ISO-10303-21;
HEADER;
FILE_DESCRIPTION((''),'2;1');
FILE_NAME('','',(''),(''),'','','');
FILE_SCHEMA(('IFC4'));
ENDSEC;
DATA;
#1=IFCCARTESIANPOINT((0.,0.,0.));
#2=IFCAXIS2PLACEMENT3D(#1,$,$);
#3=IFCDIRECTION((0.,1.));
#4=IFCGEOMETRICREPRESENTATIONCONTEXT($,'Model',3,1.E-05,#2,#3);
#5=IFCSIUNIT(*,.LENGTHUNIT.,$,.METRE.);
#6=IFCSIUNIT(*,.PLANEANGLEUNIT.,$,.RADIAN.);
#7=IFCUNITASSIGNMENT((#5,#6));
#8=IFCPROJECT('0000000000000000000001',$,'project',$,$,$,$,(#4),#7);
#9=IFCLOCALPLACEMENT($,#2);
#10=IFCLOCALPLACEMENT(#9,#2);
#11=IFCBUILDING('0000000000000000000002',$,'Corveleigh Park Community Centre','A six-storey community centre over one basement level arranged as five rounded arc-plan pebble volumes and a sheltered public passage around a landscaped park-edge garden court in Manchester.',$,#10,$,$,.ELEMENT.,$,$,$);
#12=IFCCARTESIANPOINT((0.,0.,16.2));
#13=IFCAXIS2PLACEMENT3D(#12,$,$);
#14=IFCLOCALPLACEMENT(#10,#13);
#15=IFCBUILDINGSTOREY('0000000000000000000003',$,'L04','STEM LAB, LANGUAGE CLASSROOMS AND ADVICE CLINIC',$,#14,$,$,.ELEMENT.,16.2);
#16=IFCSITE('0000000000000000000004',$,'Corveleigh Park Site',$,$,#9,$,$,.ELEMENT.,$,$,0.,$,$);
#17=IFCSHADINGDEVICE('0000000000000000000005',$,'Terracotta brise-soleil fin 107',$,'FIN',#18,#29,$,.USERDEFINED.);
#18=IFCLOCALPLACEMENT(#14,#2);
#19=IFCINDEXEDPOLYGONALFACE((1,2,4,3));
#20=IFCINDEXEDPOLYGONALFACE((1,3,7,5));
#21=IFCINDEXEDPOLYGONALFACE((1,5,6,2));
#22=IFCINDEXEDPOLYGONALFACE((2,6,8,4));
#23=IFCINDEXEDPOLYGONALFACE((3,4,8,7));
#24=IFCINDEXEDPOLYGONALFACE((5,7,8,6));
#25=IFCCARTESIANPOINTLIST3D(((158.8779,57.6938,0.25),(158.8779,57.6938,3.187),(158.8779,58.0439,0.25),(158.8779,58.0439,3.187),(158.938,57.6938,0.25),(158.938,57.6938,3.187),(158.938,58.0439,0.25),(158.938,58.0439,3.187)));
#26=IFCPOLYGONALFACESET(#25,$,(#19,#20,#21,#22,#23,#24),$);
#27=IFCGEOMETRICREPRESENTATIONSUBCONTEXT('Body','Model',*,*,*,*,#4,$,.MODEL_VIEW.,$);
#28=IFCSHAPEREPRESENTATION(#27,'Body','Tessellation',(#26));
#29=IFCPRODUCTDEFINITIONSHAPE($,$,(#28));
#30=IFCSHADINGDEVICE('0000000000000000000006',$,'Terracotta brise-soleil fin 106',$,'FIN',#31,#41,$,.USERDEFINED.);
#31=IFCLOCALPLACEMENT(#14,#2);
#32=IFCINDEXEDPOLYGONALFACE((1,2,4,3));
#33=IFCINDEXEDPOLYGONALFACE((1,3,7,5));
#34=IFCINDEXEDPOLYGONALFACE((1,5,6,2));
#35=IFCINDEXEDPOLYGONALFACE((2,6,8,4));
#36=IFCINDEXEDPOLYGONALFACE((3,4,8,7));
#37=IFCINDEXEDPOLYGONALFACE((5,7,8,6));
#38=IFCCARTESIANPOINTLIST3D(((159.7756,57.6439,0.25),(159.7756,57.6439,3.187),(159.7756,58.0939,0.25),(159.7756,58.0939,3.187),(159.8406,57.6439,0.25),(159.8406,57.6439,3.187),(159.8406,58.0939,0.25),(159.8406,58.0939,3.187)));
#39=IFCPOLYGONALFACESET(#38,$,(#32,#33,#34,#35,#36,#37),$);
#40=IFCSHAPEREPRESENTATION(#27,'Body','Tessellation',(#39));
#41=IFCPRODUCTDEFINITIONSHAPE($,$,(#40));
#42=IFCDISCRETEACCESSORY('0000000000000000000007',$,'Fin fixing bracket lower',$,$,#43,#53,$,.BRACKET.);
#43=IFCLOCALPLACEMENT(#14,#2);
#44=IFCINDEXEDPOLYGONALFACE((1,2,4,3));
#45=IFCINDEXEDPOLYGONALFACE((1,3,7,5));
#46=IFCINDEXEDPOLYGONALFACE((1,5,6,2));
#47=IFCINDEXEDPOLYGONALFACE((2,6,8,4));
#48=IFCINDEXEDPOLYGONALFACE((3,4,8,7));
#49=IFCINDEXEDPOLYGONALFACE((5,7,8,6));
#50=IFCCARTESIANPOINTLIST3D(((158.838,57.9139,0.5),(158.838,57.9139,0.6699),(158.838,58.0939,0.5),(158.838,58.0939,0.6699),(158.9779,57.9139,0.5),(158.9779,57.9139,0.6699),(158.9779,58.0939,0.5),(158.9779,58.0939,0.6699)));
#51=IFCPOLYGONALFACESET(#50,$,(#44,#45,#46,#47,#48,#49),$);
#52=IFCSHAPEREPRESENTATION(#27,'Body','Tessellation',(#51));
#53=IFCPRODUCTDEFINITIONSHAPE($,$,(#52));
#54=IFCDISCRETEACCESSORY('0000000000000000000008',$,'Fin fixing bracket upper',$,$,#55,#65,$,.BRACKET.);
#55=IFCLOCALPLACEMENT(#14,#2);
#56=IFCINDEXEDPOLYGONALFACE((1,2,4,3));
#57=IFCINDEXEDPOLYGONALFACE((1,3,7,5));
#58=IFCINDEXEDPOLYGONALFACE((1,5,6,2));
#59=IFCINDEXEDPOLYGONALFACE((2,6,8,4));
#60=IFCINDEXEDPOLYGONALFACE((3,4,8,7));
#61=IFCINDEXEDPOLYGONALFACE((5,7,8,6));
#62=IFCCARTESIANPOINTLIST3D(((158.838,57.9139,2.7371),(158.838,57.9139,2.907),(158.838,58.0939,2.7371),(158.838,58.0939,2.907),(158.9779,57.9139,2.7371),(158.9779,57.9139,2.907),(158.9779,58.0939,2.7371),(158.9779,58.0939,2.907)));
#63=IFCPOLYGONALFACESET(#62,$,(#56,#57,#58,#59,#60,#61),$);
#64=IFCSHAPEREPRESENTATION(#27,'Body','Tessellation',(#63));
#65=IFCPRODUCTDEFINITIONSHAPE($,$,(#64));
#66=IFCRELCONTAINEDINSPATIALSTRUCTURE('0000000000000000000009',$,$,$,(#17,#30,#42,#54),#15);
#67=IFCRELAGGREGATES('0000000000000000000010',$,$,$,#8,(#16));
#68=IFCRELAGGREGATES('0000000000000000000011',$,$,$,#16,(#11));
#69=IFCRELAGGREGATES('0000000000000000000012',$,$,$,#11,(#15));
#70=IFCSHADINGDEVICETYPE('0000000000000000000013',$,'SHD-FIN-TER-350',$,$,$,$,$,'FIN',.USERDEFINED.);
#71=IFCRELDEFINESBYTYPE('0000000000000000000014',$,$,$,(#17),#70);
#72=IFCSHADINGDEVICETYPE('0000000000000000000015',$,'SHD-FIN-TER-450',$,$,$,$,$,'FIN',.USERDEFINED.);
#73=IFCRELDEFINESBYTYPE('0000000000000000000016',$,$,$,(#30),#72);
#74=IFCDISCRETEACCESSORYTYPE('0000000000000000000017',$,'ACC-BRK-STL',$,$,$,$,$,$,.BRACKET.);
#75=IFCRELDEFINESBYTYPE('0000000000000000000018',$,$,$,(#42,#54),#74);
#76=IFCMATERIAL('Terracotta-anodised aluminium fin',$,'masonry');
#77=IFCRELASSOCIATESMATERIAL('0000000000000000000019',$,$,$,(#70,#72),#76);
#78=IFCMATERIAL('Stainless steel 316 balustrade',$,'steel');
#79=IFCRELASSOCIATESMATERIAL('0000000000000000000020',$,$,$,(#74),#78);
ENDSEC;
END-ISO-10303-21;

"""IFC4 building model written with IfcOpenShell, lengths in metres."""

from ifc_helpers import new_model, si_unit, direction, frame, origin, origin_2d, place, context, subcontext, project, spatial, rectangle, extrude, material, type_object, element, save


model = new_model("IFC4")

# Units and contexts
model_context = context("Model", 3, precision=1e-05, world=origin(), true_north=direction((0.0, 1.0)))
body_context = subcontext(model_context, "Body", "Model", "MODEL_VIEW")
ifc_project = project(units=[si_unit("LENGTHUNIT", "METRE"), si_unit("PLANEANGLEUNIT", "RADIAN")], contexts=[model_context])

# Site, building, storey
site_placement = place(None, origin())
site = spatial("IfcSite", under=ifc_project, at=site_placement, Name="Corveleigh Park Site", CompositionType="ELEMENT", RefElevation=0.0)
building_placement = place(site_placement, origin())
building = spatial("IfcBuilding", under=site, at=building_placement, Name="Corveleigh Park Community Centre", Description="A six-storey community centre over one basement level arranged as five rounded arc-plan pebble volumes and a sheltered public passage around a landscaped park-edge garden court in Manchester.", CompositionType="ELEMENT")
storey_placement = place(building_placement, frame((0.0, 0.0, 16.2)))
storey = spatial("IfcBuildingStorey", under=building, at=storey_placement, Name="L04", Description="STEM LAB, LANGUAGE CLASSROOMS AND ADVICE CLINIC", CompositionType="ELEMENT", Elevation=16.2)

# Shared definitions
ifc_material_1 = material(Name="Stainless steel 316 balustrade", Category="steel")

# Shading devices
ifc_material_2 = material(Name="Terracotta-anodised aluminium fin", Category="masonry")
shading_device_type_1 = type_object("IfcShadingDeviceType", Name="SHD-FIN-TER-350", ElementType="FIN", PredefinedType="USERDEFINED", material=ifc_material_2)
shading_device_1_placement = place(storey_placement, frame((158.908, 57.8689, 0.25), z_axis=(0.0, 0.0, 1.0), x_axis=(0.0, -1.0, 0.0)))
element("IfcShadingDevice", 1, at=shading_device_1_placement, inside=storey, type_object=shading_device_type_1, Name="Terracotta brise-soleil fin 107", ObjectType="FIN", PredefinedType="USERDEFINED", context=body_context, shape_type="SweptSolid", body=[
    extrude(rectangle(XDim=0.3501, YDim=0.0601, at=origin_2d()), origin(), (0.0, 0.0, 1.0), 2.937),
])
shading_device_type_2 = type_object("IfcShadingDeviceType", Name="SHD-FIN-TER-450", ElementType="FIN", PredefinedType="USERDEFINED", material=ifc_material_2)
shading_device_2_placement = place(storey_placement, frame((159.8081, 57.8689, 0.25), z_axis=(0.0, 0.0, 1.0), x_axis=(0.0, -1.0, 0.0)))
element("IfcShadingDevice", 2, at=shading_device_2_placement, inside=storey, type_object=shading_device_type_2, Name="Terracotta brise-soleil fin 106", ObjectType="FIN", PredefinedType="USERDEFINED", context=body_context, shape_type="SweptSolid", body=[
    extrude(rectangle(XDim=0.45, YDim=0.0649, at=origin_2d()), origin(), (0.0, 0.0, 1.0), 2.937),
])

# Discrete accessories
discrete_accessory_type = type_object("IfcDiscreteAccessoryType", Name="ACC-BRK-STL", PredefinedType="BRACKET", material=ifc_material_1)
for number, where, z_axis, x_axis, name in (
    (3, (158.908, 58.0039, 0.5), (0.0, 0.0, 1.0), (0.0, -1.0, 0.0), "Fin fixing bracket lower"),
    (4, (158.908, 58.0039, 2.7371), (0.0, 0.0, 1.0), (0.0, -1.0, 0.0), "Fin fixing bracket upper"),
):
    element("IfcDiscreteAccessory", number, at=place(storey_placement, frame(where, z_axis=z_axis, x_axis=x_axis)), inside=storey, type_object=discrete_accessory_type, Name=name, PredefinedType="BRACKET", context=body_context, shape_type="SweptSolid", body=[
        extrude(rectangle(XDim=0.1799, YDim=0.1399, at=origin_2d()), origin(), (0.0, 0.0, 1.0), 0.1699),
    ])

save(model, "model.ifc")
